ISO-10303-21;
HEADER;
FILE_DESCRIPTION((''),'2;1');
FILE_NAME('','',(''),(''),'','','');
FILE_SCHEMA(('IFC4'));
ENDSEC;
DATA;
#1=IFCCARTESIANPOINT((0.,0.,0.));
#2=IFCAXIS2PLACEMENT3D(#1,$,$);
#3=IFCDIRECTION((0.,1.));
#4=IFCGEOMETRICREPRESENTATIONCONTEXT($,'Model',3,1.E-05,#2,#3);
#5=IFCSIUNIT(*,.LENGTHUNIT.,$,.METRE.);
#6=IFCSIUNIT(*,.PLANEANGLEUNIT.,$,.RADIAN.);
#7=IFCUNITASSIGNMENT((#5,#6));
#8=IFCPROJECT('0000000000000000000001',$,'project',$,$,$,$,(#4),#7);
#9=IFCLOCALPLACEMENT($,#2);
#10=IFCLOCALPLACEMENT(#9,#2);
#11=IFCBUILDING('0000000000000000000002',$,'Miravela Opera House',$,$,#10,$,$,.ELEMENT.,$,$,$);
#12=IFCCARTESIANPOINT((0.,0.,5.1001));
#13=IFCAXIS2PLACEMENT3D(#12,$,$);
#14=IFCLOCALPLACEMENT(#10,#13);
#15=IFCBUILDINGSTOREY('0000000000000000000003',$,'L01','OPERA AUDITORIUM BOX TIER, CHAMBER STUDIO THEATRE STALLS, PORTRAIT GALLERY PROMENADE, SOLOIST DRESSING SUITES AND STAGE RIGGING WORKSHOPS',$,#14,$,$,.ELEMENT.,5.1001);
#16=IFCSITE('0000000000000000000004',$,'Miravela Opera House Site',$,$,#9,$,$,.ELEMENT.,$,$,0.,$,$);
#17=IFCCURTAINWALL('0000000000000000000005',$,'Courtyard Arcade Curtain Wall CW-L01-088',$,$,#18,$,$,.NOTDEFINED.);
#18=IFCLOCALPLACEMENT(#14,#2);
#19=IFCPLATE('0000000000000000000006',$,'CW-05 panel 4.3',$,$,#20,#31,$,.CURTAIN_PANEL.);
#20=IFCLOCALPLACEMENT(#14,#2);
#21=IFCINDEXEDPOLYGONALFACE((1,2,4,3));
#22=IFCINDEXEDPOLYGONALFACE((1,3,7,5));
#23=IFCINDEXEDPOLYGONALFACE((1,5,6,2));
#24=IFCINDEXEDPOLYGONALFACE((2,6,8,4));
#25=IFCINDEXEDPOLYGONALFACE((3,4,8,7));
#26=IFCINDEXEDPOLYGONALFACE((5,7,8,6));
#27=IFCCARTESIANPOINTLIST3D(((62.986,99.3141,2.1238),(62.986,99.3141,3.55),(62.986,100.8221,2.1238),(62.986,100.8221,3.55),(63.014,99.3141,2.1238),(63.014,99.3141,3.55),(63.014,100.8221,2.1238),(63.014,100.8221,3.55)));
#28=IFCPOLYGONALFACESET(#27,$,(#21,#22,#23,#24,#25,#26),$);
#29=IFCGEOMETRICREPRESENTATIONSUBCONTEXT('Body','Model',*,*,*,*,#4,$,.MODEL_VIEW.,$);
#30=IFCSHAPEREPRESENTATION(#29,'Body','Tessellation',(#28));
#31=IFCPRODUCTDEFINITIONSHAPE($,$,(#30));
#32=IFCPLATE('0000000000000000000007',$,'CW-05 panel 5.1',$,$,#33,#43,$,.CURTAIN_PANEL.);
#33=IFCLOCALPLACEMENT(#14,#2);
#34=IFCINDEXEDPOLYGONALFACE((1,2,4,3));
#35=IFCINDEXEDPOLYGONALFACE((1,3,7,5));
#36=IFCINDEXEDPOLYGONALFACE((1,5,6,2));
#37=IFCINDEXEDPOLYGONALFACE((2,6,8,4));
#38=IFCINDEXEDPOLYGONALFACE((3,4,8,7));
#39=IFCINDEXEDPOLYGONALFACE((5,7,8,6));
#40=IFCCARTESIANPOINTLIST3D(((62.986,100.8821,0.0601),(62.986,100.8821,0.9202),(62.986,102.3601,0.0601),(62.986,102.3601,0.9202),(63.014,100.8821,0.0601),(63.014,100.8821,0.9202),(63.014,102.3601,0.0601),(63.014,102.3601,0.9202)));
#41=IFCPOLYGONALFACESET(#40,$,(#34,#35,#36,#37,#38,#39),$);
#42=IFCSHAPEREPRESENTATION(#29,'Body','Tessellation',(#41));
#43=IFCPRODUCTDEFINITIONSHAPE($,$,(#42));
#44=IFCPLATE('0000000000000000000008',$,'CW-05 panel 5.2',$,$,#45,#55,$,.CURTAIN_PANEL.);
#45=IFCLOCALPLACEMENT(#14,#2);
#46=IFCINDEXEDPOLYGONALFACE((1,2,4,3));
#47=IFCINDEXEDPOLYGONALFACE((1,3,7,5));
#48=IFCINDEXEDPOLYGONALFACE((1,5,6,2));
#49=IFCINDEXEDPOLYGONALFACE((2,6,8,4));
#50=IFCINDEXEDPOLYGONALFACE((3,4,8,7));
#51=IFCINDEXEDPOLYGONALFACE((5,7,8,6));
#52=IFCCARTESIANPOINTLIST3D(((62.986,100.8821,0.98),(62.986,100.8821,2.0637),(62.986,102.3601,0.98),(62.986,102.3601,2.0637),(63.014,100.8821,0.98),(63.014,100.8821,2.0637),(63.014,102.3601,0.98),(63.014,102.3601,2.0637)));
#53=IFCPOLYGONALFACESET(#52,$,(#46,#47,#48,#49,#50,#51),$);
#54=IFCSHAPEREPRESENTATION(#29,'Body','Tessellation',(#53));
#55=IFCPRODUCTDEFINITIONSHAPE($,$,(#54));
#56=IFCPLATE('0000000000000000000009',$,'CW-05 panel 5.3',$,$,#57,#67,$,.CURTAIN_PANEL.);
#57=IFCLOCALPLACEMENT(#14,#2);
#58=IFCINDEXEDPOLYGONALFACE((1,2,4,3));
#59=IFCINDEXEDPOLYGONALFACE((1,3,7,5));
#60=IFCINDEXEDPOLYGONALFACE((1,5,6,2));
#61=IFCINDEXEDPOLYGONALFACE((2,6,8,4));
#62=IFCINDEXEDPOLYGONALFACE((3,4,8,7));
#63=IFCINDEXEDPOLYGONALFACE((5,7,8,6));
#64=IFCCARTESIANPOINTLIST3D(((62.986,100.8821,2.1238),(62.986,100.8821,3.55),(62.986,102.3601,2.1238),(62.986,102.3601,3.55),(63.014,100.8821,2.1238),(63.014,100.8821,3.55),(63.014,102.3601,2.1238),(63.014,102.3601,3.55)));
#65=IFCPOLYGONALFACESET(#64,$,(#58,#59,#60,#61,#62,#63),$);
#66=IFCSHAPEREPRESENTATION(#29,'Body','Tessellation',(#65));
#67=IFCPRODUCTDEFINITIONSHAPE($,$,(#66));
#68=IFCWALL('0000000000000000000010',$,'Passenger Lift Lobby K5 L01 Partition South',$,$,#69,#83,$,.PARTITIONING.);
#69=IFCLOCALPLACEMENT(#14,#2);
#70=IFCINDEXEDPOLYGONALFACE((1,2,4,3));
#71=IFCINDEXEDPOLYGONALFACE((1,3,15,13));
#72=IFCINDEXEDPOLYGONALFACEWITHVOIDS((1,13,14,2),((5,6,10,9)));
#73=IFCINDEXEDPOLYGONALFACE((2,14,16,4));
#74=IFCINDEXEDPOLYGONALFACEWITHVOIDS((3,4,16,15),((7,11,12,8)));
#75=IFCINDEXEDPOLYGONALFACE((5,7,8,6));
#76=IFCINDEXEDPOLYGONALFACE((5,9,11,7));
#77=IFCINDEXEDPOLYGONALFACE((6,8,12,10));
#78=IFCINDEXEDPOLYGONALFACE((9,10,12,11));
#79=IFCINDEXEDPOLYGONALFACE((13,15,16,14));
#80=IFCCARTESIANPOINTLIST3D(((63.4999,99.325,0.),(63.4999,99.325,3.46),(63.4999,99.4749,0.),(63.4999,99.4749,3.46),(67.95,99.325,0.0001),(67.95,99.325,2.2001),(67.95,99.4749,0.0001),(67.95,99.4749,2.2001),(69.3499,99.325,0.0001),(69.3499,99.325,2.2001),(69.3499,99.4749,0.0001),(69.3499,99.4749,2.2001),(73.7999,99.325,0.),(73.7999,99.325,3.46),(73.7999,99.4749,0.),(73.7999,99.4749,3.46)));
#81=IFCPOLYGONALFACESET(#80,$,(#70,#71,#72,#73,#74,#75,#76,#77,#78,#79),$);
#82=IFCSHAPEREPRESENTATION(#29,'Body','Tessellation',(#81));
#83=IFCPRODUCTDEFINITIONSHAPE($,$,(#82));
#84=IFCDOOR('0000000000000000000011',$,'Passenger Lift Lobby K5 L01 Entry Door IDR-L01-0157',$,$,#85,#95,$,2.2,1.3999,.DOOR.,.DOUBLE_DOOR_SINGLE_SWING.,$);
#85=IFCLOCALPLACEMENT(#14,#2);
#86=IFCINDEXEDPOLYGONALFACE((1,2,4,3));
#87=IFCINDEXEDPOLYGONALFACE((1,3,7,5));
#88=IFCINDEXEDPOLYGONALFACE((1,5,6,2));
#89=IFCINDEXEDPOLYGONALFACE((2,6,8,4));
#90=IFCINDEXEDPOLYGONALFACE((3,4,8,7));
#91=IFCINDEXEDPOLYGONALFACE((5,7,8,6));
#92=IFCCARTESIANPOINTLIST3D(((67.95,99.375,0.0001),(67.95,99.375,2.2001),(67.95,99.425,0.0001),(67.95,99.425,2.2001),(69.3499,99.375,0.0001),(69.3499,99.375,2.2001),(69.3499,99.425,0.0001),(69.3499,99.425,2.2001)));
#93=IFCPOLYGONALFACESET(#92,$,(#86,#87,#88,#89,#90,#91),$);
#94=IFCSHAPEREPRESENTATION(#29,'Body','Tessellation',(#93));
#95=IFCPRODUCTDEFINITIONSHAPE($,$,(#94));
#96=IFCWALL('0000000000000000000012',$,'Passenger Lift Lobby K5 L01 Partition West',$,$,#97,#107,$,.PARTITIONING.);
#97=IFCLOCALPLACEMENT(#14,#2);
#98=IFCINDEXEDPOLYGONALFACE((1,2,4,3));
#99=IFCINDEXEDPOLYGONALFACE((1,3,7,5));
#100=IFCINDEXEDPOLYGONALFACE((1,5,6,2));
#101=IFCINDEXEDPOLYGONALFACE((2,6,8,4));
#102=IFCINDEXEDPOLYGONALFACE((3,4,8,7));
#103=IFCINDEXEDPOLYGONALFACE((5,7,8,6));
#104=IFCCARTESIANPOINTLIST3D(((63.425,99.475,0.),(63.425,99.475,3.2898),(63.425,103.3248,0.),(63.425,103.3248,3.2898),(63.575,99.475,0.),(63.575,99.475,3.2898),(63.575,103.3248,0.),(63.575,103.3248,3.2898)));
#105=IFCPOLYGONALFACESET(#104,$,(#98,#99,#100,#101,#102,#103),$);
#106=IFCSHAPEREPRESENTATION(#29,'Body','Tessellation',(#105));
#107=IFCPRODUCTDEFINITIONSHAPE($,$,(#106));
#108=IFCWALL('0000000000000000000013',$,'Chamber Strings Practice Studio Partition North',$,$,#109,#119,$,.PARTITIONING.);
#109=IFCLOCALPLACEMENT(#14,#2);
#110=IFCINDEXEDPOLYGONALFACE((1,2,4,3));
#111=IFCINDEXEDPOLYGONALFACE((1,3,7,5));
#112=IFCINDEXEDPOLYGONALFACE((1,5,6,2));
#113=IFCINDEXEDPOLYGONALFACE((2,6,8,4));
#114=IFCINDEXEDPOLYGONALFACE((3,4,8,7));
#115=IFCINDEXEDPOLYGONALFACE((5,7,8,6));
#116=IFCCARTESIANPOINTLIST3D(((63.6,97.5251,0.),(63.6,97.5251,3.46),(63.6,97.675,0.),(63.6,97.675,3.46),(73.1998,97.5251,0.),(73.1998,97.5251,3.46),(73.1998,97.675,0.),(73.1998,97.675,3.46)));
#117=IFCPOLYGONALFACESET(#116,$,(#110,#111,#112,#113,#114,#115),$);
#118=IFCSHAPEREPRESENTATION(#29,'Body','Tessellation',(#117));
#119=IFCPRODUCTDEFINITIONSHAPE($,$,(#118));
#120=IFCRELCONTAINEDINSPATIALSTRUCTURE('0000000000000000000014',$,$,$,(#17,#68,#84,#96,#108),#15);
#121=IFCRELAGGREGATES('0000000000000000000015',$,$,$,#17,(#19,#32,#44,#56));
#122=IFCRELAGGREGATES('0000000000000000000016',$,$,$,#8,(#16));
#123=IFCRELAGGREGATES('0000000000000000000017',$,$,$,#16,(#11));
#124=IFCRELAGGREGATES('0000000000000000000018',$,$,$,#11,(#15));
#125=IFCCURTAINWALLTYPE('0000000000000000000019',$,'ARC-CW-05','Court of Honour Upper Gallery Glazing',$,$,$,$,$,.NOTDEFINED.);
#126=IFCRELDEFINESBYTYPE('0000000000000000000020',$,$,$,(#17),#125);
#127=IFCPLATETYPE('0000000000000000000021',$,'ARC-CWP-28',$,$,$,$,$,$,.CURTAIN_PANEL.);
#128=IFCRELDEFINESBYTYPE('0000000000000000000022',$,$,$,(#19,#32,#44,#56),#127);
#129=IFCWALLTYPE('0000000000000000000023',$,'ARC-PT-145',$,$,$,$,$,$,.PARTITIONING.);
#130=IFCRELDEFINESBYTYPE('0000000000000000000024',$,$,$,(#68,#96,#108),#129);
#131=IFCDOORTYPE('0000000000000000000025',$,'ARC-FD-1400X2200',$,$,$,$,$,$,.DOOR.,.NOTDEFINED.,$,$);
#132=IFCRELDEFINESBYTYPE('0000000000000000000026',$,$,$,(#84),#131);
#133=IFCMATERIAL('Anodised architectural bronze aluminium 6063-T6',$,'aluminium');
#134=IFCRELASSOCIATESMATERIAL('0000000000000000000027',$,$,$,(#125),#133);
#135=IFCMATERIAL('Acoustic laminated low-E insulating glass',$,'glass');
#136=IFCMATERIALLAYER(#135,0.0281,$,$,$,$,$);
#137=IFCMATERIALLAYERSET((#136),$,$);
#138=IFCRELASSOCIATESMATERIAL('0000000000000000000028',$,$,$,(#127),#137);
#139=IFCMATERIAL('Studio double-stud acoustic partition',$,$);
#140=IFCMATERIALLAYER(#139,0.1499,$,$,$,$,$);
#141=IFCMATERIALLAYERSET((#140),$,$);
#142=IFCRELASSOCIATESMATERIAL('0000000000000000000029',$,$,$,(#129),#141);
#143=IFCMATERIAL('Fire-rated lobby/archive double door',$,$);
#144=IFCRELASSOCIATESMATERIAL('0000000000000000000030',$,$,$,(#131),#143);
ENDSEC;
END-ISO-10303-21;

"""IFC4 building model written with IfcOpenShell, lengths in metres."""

from ifc_helpers import new_model, si_unit, direction, frame, frame_2d, origin, origin_2d, place, context, subcontext, project, spatial, rectangle, extrude, material, layer, layer_set, type_object, element, fill, aggregate, save


model = new_model("IFC4")

# Units and contexts
model_context = context("Model", 3, precision=1e-05, world=origin(), true_north=direction((0.0, 1.0)))
body_context = subcontext(model_context, "Body", "Model", "MODEL_VIEW")
ifc_project = project(units=[si_unit("LENGTHUNIT", "METRE"), si_unit("PLANEANGLEUNIT", "RADIAN")], contexts=[model_context])

# Site, building, storey
site_placement = place(None, origin())
site = spatial("IfcSite", under=ifc_project, at=site_placement, Name="Miravela Opera House Site", CompositionType="ELEMENT", RefElevation=0.0)
building_placement = place(site_placement, origin())
building = spatial("IfcBuilding", under=site, at=building_placement, Name="Miravela Opera House", CompositionType="ELEMENT")
storey_placement = place(building_placement, frame((0.0, 0.0, 5.1001)))
storey = spatial("IfcBuildingStorey", under=building, at=storey_placement, Name="L01", Description="OPERA AUDITORIUM BOX TIER, CHAMBER STUDIO THEATRE STALLS, PORTRAIT GALLERY PROMENADE, SOLOIST DRESSING SUITES AND STAGE RIGGING WORKSHOPS", CompositionType="ELEMENT", Elevation=5.1001)

# Curtain wall
ifc_material_1 = material(Name="Anodised architectural bronze aluminium 6063-T6", Category="aluminium")
curtain_wall_type = type_object("IfcCurtainWallType", Name="ARC-CW-05", Description="Court of Honour Upper Gallery Glazing", PredefinedType="NOTDEFINED", material=ifc_material_1)
curtain_wall_placement = place(storey_placement, origin())
curtain_wall = element("IfcCurtainWall", 1, at=curtain_wall_placement, inside=storey, type_object=curtain_wall_type, Name="Courtyard Arcade Curtain Wall CW-L01-088", PredefinedType="NOTDEFINED")

# Plates
ifc_material_2 = material(Name="Acoustic laminated low-E insulating glass", Category="glass")
ifc_layer_1 = layer(ifc_material_2, 0.0281)
ifc_layer_set_1 = layer_set([ifc_layer_1])
plate_type = type_object("IfcPlateType", Name="ARC-CWP-28", PredefinedType="CURTAIN_PANEL", material=ifc_layer_set_1)
plate_1_placement = place(storey_placement, frame((63.0, 100.0681, 2.1238), z_axis=(0.0, 0.0, 1.0), x_axis=(0.0, 1.0, 0.0)))
plate_1 = element("IfcPlate", 2, at=plate_1_placement, type_object=plate_type, Name="CW-05 panel 4.3", PredefinedType="CURTAIN_PANEL", context=body_context, shape_type="SweptSolid", body=[
    extrude(rectangle(XDim=1.5081, YDim=0.0281, at=origin_2d()), origin(), (0.0, 0.0, 1.0), 1.4263),
])
plate_2_placement = place(storey_placement, frame((63.0, 101.6211, 0.0601), z_axis=(0.0, 0.0, 1.0), x_axis=(0.0, 1.0, 0.0)))
plate_2 = element("IfcPlate", 3, at=plate_2_placement, type_object=plate_type, Name="CW-05 panel 5.1", PredefinedType="CURTAIN_PANEL", context=body_context, shape_type="SweptSolid", body=[
    extrude(rectangle(XDim=1.478, YDim=0.0281, at=origin_2d()), origin(), (0.0, 0.0, 1.0), 0.8601),
])
plate_3_placement = place(storey_placement, frame((63.0, 101.6211, 0.98), z_axis=(0.0, 0.0, 1.0), x_axis=(0.0, 1.0, 0.0)))
plate_3 = element("IfcPlate", 4, at=plate_3_placement, type_object=plate_type, Name="CW-05 panel 5.2", PredefinedType="CURTAIN_PANEL", context=body_context, shape_type="SweptSolid", body=[
    extrude(rectangle(XDim=1.478, YDim=0.0281, at=origin_2d()), origin(), (0.0, 0.0, 1.0), 1.0837),
])
plate_4_placement = place(storey_placement, frame((63.0, 101.6211, 2.1238), z_axis=(0.0, 0.0, 1.0), x_axis=(0.0, 1.0, 0.0)))
plate_4 = element("IfcPlate", 5, at=plate_4_placement, type_object=plate_type, Name="CW-05 panel 5.3", PredefinedType="CURTAIN_PANEL", context=body_context, shape_type="SweptSolid", body=[
    extrude(rectangle(XDim=1.478, YDim=0.0281, at=origin_2d()), origin(), (0.0, 0.0, 1.0), 1.4263),
])
aggregate(curtain_wall, [plate_1, plate_2, plate_3, plate_4])

# Wall, opening, door
ifc_material_3 = material(Name="Studio double-stud acoustic partition")
ifc_layer_2 = layer(ifc_material_3, 0.1499)
ifc_layer_set_2 = layer_set([ifc_layer_2])
wall_type = type_object("IfcWallType", Name="ARC-PT-145", PredefinedType="PARTITIONING", material=ifc_layer_set_2)
wall_1_placement = place(storey_placement, frame((63.5, 99.3999, 0.0), z_axis=(0.0, 0.0, 1.0), x_axis=(1.0, 0.0, 0.0)))
wall_1 = element("IfcWall", 6, at=wall_1_placement, inside=storey, type_object=wall_type, Name="Passenger Lift Lobby K5 L01 Partition South", PredefinedType="PARTITIONING", context=body_context, shape_type="SweptSolid", body=[
    extrude(rectangle(XDim=10.3, YDim=0.1499, at=frame_2d((5.1499, 0.0))), origin(), (0.0, 0.0, 1.0), 3.46),
])
opening_placement = place(wall_1_placement, frame((4.45, 0.0, 0.0)))
opening = element("IfcOpeningElement", 7, at=opening_placement, cuts=wall_1, PredefinedType="OPENING", context=body_context, shape_type="SweptSolid", body=[
    extrude(rectangle(XDim=1.3999, YDim=2.2, at=frame_2d((0.7, 1.1001))), frame((0.0, 0.085, 0.0), z_axis=(0.0, -1.0, 0.0), x_axis=(1.0, 0.0, 0.0)), (0.0, 0.0, 1.0), 0.1699),
])
ifc_material_4 = material(Name="Fire-rated lobby/archive double door")
door_type = type_object("IfcDoorType", Name="ARC-FD-1400X2200", OperationType="NOTDEFINED", PredefinedType="DOOR", material=ifc_material_4)
door_placement = place(opening_placement, frame((1.3999, 0.0, 0.0), z_axis=(0.0, 0.0, 1.0), x_axis=(-1.0, 0.0, 0.0)))
door = element("IfcDoor", 8, at=door_placement, inside=storey, type_object=door_type, Name="Passenger Lift Lobby K5 L01 Entry Door IDR-L01-0157", OperationType="DOUBLE_DOOR_SINGLE_SWING", OverallHeight=2.2, OverallWidth=1.3999, PredefinedType="DOOR", context=body_context, shape_type="SweptSolid", body=[
    extrude(rectangle(XDim=1.3999, YDim=2.2, at=frame_2d((0.7, 1.1001))), frame((0.0, 0.0249, 0.0), z_axis=(0.0, -1.0, 0.0), x_axis=(1.0, 0.0, 0.0)), (0.0, 0.0, 1.0), 0.05),
])
fill(opening, door)

# Walls
wall_2_placement = place(storey_placement, frame((63.5, 99.4751, 0.0), z_axis=(0.0, 0.0, 1.0), x_axis=(0.0, 1.0, 0.0)))
element("IfcWall", 9, at=wall_2_placement, inside=storey, type_object=wall_type, Name="Passenger Lift Lobby K5 L01 Partition West", PredefinedType="PARTITIONING", context=body_context, shape_type="SweptSolid", body=[
    extrude(rectangle(XDim=3.8499, YDim=0.1499, at=frame_2d((1.9248, 0.0))), origin(), (0.0, 0.0, 1.0), 3.2898),
])
wall_3_placement = place(storey_placement, frame((63.6001, 97.6001, 0.0), z_axis=(0.0, 0.0, 1.0), x_axis=(1.0, 0.0, 0.0)))
element("IfcWall", 10, at=wall_3_placement, inside=storey, type_object=wall_type, Name="Chamber Strings Practice Studio Partition North", PredefinedType="PARTITIONING", context=body_context, shape_type="SweptSolid", body=[
    extrude(rectangle(XDim=9.5999, YDim=0.1499, at=frame_2d((4.7998, 0.0))), origin(), (0.0, 0.0, 1.0), 3.46),
])

save(model, "model.ifc")
